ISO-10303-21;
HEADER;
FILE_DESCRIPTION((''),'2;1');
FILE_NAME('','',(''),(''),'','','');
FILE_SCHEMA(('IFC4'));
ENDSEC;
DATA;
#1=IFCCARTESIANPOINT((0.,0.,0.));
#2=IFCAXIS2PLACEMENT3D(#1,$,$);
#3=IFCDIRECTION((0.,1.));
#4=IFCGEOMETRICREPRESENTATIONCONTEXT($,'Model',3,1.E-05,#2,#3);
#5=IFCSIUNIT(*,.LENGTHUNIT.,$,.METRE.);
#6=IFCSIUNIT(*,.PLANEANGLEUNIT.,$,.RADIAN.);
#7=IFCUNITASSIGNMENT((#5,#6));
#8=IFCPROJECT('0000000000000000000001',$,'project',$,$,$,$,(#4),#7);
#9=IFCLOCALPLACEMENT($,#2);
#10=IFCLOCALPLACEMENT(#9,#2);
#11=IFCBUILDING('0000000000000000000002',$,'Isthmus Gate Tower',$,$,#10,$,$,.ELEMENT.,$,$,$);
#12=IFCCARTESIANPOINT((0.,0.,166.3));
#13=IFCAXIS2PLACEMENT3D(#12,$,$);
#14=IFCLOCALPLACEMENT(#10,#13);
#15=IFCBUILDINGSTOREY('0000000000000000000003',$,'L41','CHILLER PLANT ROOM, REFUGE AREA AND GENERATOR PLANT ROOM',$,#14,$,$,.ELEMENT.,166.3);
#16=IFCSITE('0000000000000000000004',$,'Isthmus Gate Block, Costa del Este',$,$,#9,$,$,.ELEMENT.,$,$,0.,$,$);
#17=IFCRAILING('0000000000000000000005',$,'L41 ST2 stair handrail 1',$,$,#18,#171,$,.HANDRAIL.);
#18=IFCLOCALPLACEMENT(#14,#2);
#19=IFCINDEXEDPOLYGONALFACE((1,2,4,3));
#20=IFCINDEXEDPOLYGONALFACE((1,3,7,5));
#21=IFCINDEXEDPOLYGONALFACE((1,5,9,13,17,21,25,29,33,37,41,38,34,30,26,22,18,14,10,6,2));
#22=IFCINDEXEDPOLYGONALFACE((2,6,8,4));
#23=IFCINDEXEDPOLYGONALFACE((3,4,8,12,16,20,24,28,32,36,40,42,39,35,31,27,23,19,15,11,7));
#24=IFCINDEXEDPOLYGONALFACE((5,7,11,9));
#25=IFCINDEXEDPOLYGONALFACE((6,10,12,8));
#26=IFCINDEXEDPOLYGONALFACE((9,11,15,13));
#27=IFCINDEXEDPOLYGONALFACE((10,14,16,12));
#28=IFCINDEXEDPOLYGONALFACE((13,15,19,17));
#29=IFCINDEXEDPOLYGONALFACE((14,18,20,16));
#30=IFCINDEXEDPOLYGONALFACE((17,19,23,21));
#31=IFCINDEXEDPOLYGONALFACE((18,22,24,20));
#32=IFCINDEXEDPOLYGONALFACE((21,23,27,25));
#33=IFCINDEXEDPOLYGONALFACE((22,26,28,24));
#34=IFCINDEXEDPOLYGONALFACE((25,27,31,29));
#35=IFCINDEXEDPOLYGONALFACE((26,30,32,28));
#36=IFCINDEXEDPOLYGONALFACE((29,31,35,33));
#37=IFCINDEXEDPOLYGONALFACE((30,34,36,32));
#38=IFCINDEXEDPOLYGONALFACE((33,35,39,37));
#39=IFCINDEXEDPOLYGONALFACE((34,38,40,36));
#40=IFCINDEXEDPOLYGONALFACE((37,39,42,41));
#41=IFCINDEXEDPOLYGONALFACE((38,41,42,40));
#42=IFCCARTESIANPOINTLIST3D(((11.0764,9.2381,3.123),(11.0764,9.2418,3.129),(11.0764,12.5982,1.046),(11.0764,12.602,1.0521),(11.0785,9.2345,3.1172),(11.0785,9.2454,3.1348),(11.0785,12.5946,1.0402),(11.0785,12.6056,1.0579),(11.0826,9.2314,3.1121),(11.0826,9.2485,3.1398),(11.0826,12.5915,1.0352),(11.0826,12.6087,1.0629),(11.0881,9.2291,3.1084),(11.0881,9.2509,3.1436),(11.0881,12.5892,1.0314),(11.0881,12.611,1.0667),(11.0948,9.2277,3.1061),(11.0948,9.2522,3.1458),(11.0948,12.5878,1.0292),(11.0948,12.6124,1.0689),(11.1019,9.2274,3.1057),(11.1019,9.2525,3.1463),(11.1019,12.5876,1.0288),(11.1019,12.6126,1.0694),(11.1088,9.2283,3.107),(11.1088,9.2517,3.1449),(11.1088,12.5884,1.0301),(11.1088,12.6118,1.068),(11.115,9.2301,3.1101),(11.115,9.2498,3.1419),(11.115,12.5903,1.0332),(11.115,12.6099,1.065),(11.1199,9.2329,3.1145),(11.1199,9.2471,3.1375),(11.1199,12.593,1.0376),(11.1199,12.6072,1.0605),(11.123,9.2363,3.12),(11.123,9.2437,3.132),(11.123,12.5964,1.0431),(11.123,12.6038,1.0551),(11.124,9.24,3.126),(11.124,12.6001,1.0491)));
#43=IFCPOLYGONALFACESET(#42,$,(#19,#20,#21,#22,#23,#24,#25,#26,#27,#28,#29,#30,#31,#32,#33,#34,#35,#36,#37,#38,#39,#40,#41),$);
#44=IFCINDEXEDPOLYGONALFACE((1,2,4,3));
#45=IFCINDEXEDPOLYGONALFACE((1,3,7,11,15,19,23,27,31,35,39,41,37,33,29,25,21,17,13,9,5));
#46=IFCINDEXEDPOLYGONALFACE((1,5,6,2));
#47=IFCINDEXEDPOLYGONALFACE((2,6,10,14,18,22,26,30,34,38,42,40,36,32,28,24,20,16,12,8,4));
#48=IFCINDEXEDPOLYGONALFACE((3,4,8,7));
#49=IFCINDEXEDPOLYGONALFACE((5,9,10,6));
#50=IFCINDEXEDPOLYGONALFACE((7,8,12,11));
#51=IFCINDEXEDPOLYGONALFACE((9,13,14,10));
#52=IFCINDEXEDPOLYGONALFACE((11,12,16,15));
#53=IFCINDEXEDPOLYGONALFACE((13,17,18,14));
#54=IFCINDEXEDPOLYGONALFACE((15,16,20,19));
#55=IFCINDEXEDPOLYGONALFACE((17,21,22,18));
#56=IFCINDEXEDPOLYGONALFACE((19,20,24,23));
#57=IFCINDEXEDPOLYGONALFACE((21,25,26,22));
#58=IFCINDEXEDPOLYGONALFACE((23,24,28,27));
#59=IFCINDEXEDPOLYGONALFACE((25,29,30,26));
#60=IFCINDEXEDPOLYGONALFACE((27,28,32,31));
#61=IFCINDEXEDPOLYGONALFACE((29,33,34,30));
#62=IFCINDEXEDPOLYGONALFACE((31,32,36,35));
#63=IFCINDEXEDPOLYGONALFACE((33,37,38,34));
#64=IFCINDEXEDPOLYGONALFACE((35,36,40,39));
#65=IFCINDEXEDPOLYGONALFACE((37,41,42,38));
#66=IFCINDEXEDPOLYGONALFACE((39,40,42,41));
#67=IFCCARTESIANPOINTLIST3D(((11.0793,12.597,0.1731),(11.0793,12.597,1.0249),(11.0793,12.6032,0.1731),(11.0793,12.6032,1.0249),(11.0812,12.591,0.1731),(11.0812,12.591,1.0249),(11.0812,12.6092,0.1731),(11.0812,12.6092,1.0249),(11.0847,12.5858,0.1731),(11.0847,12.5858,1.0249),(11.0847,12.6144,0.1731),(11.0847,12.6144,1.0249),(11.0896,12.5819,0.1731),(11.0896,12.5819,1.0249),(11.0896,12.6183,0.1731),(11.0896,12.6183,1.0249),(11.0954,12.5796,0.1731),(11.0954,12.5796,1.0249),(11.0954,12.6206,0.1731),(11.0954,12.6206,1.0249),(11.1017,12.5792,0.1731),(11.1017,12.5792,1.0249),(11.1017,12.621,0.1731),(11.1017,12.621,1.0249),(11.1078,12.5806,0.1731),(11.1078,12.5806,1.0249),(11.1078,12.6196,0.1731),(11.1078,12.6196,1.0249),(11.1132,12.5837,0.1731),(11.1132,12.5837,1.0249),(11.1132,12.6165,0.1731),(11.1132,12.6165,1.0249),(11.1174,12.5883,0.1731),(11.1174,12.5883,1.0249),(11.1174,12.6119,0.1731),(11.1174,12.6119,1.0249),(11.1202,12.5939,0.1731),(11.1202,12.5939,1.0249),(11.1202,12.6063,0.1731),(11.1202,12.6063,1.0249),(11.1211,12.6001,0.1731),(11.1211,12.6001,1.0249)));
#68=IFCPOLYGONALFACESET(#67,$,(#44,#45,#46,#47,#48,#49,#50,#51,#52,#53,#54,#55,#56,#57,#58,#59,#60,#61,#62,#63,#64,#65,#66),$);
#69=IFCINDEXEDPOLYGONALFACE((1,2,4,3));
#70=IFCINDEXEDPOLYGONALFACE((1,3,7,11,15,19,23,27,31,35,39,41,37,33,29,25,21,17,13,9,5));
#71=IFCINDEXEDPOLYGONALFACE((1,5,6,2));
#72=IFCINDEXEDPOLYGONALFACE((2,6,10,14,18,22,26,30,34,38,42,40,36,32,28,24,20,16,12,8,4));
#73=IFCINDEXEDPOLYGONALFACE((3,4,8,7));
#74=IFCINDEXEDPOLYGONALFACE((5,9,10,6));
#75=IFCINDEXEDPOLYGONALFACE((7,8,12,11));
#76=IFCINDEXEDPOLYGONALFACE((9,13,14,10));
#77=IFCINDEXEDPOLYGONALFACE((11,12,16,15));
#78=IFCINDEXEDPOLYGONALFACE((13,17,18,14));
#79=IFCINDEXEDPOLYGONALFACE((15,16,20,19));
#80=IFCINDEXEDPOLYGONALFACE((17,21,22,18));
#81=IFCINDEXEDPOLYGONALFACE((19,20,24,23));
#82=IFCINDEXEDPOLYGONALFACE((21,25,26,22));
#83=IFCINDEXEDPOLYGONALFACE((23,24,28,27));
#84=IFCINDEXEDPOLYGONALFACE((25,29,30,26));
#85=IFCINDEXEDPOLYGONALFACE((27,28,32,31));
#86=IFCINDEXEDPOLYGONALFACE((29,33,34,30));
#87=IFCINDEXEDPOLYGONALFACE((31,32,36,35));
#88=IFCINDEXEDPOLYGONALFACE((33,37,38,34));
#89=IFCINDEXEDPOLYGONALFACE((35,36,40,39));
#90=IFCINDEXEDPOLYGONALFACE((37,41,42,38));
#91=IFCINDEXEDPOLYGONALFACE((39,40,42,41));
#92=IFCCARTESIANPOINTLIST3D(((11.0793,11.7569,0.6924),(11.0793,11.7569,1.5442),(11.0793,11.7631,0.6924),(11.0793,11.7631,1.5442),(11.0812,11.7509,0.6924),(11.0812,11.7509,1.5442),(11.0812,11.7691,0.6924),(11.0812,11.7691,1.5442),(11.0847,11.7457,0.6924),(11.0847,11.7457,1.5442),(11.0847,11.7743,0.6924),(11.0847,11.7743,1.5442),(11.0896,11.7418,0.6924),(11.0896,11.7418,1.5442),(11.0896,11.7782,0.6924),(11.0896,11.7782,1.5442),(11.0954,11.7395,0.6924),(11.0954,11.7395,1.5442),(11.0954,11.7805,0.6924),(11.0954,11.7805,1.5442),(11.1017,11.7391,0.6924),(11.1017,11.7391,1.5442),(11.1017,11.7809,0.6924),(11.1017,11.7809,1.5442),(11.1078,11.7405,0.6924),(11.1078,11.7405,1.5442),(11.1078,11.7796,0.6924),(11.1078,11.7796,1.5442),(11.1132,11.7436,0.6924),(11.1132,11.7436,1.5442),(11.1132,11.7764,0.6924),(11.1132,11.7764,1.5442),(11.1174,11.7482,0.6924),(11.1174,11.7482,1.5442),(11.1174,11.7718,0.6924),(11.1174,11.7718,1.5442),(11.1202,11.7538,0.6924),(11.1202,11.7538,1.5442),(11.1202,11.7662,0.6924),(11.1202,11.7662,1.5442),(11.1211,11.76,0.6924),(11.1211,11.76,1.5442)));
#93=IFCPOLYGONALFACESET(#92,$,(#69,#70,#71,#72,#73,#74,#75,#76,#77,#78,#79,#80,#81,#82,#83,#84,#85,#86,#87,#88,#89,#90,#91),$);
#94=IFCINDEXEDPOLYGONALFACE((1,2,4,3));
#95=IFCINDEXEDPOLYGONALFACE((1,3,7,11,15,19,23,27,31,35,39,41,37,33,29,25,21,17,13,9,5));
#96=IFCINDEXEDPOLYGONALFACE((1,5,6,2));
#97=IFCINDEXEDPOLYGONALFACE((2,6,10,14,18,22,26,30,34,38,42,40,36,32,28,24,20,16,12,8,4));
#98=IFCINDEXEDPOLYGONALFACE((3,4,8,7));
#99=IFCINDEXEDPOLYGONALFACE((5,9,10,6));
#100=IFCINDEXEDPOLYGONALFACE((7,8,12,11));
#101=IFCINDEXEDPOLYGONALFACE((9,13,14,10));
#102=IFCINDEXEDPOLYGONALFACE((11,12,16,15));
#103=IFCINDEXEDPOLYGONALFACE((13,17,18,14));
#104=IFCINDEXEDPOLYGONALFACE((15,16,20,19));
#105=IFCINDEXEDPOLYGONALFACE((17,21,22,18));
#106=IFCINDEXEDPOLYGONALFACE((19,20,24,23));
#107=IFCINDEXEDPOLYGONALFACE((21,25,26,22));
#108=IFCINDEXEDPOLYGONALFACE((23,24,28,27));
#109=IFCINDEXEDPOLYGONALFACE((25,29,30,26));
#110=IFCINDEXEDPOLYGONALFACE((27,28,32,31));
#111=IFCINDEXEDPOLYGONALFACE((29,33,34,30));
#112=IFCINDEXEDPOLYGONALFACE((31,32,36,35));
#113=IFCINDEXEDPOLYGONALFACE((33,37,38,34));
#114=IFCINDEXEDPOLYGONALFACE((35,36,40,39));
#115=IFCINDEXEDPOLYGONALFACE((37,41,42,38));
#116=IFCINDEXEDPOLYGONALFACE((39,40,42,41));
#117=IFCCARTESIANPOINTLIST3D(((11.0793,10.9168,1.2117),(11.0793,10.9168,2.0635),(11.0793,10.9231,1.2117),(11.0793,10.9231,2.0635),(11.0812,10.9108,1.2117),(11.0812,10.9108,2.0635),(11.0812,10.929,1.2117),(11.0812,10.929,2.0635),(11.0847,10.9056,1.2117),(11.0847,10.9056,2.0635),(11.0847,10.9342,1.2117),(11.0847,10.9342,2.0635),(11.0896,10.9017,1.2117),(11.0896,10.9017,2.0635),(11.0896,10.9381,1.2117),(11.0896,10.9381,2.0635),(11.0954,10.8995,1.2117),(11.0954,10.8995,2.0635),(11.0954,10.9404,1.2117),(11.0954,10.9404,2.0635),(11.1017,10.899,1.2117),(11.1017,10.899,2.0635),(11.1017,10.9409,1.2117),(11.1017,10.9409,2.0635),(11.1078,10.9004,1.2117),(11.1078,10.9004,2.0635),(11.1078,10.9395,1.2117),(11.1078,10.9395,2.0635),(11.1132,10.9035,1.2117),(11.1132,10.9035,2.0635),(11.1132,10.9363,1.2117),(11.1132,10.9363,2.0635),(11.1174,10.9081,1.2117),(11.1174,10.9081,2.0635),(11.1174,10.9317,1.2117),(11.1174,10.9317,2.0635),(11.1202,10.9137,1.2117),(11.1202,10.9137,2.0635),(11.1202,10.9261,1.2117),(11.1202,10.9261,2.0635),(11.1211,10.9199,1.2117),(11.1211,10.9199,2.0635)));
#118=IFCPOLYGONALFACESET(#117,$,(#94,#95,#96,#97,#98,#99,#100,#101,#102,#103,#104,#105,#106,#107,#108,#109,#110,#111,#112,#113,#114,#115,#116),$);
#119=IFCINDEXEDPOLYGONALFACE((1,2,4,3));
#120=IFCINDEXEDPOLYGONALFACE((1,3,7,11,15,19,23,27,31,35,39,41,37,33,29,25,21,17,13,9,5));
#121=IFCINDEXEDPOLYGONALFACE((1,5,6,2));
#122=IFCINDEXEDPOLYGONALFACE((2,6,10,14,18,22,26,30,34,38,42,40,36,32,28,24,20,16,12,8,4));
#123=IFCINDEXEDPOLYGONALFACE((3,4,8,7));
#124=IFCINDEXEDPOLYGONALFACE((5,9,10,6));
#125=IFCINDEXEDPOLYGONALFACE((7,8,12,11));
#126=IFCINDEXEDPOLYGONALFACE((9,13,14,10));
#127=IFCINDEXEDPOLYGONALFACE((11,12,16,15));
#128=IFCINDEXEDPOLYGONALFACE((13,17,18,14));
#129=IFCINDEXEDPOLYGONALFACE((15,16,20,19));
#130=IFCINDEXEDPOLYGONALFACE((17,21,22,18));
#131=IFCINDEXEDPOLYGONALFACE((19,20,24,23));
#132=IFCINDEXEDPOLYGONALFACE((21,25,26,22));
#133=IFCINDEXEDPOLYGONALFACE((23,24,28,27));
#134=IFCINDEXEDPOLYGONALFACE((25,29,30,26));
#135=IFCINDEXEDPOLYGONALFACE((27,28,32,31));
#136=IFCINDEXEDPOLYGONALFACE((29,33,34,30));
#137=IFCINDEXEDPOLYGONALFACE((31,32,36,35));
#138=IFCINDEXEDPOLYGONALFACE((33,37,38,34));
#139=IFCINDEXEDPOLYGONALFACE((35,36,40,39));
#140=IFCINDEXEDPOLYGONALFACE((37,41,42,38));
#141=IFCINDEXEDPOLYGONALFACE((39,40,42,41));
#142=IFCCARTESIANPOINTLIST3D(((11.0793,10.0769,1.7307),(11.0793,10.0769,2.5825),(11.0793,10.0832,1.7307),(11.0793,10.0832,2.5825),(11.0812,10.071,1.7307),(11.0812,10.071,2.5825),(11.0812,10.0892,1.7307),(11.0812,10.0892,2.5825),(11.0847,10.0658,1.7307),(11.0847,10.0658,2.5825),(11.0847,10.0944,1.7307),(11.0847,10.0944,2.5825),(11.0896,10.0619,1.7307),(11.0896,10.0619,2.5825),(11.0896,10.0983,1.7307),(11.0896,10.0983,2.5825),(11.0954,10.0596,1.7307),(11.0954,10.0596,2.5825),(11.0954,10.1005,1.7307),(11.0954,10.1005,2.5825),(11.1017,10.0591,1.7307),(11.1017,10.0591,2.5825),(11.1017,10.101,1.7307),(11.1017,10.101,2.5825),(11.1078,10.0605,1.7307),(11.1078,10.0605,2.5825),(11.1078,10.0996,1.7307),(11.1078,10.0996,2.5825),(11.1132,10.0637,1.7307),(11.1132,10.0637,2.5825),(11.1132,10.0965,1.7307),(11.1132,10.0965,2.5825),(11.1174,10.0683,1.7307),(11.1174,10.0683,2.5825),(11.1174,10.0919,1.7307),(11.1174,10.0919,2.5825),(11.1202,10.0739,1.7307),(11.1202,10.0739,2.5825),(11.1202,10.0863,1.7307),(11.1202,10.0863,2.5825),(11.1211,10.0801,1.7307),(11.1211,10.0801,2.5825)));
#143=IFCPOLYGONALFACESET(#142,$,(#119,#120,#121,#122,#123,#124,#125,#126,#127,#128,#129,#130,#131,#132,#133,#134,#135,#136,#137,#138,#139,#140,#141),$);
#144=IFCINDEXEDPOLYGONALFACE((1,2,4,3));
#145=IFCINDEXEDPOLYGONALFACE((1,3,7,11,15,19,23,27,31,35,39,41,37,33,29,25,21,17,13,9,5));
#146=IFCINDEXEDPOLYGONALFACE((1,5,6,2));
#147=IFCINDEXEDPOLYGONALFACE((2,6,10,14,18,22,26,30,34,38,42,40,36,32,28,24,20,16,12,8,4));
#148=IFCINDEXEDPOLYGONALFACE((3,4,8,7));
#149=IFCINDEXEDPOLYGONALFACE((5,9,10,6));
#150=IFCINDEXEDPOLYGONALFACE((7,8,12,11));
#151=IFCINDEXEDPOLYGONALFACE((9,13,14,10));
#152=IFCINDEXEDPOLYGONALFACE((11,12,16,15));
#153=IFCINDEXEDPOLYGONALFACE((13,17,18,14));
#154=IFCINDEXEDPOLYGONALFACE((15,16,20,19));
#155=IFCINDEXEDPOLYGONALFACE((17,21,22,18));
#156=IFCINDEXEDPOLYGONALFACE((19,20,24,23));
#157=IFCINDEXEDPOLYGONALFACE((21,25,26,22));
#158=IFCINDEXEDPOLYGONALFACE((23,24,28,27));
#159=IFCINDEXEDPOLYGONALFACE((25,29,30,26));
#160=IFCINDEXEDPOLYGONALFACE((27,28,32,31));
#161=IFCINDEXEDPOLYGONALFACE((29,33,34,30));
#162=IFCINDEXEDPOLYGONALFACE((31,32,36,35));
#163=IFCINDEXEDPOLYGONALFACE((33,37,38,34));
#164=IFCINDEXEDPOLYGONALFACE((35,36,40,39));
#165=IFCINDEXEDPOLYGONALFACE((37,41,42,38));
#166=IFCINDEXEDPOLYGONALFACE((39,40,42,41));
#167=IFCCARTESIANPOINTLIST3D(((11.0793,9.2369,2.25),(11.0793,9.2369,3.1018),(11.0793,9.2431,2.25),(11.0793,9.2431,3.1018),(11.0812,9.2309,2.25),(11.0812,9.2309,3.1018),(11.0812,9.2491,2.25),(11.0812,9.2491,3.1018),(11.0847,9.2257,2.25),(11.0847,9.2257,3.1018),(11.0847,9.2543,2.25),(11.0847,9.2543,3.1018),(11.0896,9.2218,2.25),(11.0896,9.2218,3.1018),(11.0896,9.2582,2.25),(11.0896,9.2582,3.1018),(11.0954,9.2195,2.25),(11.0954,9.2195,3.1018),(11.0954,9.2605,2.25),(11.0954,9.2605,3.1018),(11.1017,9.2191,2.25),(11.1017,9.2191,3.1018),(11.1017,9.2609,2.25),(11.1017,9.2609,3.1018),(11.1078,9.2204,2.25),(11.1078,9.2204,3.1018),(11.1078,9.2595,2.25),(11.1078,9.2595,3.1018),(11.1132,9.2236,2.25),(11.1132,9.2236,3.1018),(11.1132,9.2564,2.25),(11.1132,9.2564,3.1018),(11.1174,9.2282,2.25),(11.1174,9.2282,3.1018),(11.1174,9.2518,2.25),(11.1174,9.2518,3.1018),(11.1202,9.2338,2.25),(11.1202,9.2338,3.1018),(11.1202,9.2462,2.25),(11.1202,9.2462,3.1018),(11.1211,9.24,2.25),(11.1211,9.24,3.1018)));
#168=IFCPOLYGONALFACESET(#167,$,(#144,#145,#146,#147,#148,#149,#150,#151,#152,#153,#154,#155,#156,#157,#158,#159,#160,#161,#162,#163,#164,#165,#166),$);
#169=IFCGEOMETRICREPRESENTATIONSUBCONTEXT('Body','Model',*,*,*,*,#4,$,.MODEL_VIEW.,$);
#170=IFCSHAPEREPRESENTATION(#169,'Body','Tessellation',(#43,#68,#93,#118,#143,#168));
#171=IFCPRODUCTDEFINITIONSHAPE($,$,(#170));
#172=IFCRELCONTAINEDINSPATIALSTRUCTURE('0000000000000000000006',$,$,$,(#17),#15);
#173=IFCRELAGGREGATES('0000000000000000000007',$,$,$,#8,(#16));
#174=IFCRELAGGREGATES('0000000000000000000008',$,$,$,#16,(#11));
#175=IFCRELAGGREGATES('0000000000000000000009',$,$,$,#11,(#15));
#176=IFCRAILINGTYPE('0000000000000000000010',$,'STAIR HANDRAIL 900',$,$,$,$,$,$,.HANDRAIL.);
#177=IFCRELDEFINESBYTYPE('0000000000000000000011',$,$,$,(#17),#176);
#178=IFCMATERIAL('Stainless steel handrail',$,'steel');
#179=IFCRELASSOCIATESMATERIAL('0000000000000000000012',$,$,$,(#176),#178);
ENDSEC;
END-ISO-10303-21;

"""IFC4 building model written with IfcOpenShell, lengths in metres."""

from ifc_helpers import new_model, si_unit, direction, frame, origin, origin_2d, place, context, subcontext, project, spatial, circle, extrude, material, type_object, element, save


model = new_model("IFC4")

# Units and contexts
model_context = context("Model", 3, precision=1e-05, world=origin(), true_north=direction((0.0, 1.0)))
body_context = subcontext(model_context, "Body", "Model", "MODEL_VIEW")
ifc_project = project(units=[si_unit("LENGTHUNIT", "METRE"), si_unit("PLANEANGLEUNIT", "RADIAN")], contexts=[model_context])

# Site, building, storey
site_placement = place(None, origin())
site = spatial("IfcSite", under=ifc_project, at=site_placement, Name="Isthmus Gate Block, Costa del Este", CompositionType="ELEMENT", RefElevation=0.0)
building_placement = place(site_placement, origin())
building = spatial("IfcBuilding", under=site, at=building_placement, Name="Isthmus Gate Tower", CompositionType="ELEMENT")
storey_placement = place(building_placement, frame((0.0, 0.0, 166.3)))
storey = spatial("IfcBuildingStorey", under=building, at=storey_placement, Name="L41", Description="CHILLER PLANT ROOM, REFUGE AREA AND GENERATOR PLANT ROOM", CompositionType="ELEMENT", Elevation=166.3)

# Railing
ifc_material_1 = material(Name="Stainless steel handrail", Category="steel")
railing_type_1 = type_object("IfcRailingType", Name="STAIR HANDRAIL 900", PredefinedType="HANDRAIL", material=ifc_material_1)
railing_1_placement = place(storey_placement, frame((11.1001, 12.6001, 0.1731)))
element("IfcRailing", 1, at=railing_1_placement, inside=storey, type_object=railing_type_1, Name="L41 ST2 stair handrail 1", PredefinedType="HANDRAIL", context=body_context, shape_type="SweptSolid", body=[
    extrude(circle(Radius=0.0239, at=origin_2d()), frame((0.0, 0.0, 0.876), z_axis=(0.0, -0.850623, 0.525776), x_axis=(1.0, 0.0, 0.0)), (0.0, 0.0, 1.0), 3.9502),
    extrude(circle(Radius=0.021, at=origin_2d()), origin(), (0.0, 0.0, 1.0), 0.8518),
    extrude(circle(Radius=0.021, at=origin_2d()), frame((0.0, -0.8401, 0.5193)), (0.0, 0.0, 1.0), 0.8518),
    extrude(circle(Radius=0.021, at=origin_2d()), frame((0.0, -1.6802, 1.0386)), (0.0, 0.0, 1.0), 0.8518),
    extrude(circle(Radius=0.021, at=origin_2d()), frame((0.0, -2.52, 1.5576)), (0.0, 0.0, 1.0), 0.8518),
    extrude(circle(Radius=0.021, at=origin_2d()), frame((0.0, -3.3601, 2.0769)), (0.0, 0.0, 1.0), 0.8518),
])

save(model, "model.ifc")
